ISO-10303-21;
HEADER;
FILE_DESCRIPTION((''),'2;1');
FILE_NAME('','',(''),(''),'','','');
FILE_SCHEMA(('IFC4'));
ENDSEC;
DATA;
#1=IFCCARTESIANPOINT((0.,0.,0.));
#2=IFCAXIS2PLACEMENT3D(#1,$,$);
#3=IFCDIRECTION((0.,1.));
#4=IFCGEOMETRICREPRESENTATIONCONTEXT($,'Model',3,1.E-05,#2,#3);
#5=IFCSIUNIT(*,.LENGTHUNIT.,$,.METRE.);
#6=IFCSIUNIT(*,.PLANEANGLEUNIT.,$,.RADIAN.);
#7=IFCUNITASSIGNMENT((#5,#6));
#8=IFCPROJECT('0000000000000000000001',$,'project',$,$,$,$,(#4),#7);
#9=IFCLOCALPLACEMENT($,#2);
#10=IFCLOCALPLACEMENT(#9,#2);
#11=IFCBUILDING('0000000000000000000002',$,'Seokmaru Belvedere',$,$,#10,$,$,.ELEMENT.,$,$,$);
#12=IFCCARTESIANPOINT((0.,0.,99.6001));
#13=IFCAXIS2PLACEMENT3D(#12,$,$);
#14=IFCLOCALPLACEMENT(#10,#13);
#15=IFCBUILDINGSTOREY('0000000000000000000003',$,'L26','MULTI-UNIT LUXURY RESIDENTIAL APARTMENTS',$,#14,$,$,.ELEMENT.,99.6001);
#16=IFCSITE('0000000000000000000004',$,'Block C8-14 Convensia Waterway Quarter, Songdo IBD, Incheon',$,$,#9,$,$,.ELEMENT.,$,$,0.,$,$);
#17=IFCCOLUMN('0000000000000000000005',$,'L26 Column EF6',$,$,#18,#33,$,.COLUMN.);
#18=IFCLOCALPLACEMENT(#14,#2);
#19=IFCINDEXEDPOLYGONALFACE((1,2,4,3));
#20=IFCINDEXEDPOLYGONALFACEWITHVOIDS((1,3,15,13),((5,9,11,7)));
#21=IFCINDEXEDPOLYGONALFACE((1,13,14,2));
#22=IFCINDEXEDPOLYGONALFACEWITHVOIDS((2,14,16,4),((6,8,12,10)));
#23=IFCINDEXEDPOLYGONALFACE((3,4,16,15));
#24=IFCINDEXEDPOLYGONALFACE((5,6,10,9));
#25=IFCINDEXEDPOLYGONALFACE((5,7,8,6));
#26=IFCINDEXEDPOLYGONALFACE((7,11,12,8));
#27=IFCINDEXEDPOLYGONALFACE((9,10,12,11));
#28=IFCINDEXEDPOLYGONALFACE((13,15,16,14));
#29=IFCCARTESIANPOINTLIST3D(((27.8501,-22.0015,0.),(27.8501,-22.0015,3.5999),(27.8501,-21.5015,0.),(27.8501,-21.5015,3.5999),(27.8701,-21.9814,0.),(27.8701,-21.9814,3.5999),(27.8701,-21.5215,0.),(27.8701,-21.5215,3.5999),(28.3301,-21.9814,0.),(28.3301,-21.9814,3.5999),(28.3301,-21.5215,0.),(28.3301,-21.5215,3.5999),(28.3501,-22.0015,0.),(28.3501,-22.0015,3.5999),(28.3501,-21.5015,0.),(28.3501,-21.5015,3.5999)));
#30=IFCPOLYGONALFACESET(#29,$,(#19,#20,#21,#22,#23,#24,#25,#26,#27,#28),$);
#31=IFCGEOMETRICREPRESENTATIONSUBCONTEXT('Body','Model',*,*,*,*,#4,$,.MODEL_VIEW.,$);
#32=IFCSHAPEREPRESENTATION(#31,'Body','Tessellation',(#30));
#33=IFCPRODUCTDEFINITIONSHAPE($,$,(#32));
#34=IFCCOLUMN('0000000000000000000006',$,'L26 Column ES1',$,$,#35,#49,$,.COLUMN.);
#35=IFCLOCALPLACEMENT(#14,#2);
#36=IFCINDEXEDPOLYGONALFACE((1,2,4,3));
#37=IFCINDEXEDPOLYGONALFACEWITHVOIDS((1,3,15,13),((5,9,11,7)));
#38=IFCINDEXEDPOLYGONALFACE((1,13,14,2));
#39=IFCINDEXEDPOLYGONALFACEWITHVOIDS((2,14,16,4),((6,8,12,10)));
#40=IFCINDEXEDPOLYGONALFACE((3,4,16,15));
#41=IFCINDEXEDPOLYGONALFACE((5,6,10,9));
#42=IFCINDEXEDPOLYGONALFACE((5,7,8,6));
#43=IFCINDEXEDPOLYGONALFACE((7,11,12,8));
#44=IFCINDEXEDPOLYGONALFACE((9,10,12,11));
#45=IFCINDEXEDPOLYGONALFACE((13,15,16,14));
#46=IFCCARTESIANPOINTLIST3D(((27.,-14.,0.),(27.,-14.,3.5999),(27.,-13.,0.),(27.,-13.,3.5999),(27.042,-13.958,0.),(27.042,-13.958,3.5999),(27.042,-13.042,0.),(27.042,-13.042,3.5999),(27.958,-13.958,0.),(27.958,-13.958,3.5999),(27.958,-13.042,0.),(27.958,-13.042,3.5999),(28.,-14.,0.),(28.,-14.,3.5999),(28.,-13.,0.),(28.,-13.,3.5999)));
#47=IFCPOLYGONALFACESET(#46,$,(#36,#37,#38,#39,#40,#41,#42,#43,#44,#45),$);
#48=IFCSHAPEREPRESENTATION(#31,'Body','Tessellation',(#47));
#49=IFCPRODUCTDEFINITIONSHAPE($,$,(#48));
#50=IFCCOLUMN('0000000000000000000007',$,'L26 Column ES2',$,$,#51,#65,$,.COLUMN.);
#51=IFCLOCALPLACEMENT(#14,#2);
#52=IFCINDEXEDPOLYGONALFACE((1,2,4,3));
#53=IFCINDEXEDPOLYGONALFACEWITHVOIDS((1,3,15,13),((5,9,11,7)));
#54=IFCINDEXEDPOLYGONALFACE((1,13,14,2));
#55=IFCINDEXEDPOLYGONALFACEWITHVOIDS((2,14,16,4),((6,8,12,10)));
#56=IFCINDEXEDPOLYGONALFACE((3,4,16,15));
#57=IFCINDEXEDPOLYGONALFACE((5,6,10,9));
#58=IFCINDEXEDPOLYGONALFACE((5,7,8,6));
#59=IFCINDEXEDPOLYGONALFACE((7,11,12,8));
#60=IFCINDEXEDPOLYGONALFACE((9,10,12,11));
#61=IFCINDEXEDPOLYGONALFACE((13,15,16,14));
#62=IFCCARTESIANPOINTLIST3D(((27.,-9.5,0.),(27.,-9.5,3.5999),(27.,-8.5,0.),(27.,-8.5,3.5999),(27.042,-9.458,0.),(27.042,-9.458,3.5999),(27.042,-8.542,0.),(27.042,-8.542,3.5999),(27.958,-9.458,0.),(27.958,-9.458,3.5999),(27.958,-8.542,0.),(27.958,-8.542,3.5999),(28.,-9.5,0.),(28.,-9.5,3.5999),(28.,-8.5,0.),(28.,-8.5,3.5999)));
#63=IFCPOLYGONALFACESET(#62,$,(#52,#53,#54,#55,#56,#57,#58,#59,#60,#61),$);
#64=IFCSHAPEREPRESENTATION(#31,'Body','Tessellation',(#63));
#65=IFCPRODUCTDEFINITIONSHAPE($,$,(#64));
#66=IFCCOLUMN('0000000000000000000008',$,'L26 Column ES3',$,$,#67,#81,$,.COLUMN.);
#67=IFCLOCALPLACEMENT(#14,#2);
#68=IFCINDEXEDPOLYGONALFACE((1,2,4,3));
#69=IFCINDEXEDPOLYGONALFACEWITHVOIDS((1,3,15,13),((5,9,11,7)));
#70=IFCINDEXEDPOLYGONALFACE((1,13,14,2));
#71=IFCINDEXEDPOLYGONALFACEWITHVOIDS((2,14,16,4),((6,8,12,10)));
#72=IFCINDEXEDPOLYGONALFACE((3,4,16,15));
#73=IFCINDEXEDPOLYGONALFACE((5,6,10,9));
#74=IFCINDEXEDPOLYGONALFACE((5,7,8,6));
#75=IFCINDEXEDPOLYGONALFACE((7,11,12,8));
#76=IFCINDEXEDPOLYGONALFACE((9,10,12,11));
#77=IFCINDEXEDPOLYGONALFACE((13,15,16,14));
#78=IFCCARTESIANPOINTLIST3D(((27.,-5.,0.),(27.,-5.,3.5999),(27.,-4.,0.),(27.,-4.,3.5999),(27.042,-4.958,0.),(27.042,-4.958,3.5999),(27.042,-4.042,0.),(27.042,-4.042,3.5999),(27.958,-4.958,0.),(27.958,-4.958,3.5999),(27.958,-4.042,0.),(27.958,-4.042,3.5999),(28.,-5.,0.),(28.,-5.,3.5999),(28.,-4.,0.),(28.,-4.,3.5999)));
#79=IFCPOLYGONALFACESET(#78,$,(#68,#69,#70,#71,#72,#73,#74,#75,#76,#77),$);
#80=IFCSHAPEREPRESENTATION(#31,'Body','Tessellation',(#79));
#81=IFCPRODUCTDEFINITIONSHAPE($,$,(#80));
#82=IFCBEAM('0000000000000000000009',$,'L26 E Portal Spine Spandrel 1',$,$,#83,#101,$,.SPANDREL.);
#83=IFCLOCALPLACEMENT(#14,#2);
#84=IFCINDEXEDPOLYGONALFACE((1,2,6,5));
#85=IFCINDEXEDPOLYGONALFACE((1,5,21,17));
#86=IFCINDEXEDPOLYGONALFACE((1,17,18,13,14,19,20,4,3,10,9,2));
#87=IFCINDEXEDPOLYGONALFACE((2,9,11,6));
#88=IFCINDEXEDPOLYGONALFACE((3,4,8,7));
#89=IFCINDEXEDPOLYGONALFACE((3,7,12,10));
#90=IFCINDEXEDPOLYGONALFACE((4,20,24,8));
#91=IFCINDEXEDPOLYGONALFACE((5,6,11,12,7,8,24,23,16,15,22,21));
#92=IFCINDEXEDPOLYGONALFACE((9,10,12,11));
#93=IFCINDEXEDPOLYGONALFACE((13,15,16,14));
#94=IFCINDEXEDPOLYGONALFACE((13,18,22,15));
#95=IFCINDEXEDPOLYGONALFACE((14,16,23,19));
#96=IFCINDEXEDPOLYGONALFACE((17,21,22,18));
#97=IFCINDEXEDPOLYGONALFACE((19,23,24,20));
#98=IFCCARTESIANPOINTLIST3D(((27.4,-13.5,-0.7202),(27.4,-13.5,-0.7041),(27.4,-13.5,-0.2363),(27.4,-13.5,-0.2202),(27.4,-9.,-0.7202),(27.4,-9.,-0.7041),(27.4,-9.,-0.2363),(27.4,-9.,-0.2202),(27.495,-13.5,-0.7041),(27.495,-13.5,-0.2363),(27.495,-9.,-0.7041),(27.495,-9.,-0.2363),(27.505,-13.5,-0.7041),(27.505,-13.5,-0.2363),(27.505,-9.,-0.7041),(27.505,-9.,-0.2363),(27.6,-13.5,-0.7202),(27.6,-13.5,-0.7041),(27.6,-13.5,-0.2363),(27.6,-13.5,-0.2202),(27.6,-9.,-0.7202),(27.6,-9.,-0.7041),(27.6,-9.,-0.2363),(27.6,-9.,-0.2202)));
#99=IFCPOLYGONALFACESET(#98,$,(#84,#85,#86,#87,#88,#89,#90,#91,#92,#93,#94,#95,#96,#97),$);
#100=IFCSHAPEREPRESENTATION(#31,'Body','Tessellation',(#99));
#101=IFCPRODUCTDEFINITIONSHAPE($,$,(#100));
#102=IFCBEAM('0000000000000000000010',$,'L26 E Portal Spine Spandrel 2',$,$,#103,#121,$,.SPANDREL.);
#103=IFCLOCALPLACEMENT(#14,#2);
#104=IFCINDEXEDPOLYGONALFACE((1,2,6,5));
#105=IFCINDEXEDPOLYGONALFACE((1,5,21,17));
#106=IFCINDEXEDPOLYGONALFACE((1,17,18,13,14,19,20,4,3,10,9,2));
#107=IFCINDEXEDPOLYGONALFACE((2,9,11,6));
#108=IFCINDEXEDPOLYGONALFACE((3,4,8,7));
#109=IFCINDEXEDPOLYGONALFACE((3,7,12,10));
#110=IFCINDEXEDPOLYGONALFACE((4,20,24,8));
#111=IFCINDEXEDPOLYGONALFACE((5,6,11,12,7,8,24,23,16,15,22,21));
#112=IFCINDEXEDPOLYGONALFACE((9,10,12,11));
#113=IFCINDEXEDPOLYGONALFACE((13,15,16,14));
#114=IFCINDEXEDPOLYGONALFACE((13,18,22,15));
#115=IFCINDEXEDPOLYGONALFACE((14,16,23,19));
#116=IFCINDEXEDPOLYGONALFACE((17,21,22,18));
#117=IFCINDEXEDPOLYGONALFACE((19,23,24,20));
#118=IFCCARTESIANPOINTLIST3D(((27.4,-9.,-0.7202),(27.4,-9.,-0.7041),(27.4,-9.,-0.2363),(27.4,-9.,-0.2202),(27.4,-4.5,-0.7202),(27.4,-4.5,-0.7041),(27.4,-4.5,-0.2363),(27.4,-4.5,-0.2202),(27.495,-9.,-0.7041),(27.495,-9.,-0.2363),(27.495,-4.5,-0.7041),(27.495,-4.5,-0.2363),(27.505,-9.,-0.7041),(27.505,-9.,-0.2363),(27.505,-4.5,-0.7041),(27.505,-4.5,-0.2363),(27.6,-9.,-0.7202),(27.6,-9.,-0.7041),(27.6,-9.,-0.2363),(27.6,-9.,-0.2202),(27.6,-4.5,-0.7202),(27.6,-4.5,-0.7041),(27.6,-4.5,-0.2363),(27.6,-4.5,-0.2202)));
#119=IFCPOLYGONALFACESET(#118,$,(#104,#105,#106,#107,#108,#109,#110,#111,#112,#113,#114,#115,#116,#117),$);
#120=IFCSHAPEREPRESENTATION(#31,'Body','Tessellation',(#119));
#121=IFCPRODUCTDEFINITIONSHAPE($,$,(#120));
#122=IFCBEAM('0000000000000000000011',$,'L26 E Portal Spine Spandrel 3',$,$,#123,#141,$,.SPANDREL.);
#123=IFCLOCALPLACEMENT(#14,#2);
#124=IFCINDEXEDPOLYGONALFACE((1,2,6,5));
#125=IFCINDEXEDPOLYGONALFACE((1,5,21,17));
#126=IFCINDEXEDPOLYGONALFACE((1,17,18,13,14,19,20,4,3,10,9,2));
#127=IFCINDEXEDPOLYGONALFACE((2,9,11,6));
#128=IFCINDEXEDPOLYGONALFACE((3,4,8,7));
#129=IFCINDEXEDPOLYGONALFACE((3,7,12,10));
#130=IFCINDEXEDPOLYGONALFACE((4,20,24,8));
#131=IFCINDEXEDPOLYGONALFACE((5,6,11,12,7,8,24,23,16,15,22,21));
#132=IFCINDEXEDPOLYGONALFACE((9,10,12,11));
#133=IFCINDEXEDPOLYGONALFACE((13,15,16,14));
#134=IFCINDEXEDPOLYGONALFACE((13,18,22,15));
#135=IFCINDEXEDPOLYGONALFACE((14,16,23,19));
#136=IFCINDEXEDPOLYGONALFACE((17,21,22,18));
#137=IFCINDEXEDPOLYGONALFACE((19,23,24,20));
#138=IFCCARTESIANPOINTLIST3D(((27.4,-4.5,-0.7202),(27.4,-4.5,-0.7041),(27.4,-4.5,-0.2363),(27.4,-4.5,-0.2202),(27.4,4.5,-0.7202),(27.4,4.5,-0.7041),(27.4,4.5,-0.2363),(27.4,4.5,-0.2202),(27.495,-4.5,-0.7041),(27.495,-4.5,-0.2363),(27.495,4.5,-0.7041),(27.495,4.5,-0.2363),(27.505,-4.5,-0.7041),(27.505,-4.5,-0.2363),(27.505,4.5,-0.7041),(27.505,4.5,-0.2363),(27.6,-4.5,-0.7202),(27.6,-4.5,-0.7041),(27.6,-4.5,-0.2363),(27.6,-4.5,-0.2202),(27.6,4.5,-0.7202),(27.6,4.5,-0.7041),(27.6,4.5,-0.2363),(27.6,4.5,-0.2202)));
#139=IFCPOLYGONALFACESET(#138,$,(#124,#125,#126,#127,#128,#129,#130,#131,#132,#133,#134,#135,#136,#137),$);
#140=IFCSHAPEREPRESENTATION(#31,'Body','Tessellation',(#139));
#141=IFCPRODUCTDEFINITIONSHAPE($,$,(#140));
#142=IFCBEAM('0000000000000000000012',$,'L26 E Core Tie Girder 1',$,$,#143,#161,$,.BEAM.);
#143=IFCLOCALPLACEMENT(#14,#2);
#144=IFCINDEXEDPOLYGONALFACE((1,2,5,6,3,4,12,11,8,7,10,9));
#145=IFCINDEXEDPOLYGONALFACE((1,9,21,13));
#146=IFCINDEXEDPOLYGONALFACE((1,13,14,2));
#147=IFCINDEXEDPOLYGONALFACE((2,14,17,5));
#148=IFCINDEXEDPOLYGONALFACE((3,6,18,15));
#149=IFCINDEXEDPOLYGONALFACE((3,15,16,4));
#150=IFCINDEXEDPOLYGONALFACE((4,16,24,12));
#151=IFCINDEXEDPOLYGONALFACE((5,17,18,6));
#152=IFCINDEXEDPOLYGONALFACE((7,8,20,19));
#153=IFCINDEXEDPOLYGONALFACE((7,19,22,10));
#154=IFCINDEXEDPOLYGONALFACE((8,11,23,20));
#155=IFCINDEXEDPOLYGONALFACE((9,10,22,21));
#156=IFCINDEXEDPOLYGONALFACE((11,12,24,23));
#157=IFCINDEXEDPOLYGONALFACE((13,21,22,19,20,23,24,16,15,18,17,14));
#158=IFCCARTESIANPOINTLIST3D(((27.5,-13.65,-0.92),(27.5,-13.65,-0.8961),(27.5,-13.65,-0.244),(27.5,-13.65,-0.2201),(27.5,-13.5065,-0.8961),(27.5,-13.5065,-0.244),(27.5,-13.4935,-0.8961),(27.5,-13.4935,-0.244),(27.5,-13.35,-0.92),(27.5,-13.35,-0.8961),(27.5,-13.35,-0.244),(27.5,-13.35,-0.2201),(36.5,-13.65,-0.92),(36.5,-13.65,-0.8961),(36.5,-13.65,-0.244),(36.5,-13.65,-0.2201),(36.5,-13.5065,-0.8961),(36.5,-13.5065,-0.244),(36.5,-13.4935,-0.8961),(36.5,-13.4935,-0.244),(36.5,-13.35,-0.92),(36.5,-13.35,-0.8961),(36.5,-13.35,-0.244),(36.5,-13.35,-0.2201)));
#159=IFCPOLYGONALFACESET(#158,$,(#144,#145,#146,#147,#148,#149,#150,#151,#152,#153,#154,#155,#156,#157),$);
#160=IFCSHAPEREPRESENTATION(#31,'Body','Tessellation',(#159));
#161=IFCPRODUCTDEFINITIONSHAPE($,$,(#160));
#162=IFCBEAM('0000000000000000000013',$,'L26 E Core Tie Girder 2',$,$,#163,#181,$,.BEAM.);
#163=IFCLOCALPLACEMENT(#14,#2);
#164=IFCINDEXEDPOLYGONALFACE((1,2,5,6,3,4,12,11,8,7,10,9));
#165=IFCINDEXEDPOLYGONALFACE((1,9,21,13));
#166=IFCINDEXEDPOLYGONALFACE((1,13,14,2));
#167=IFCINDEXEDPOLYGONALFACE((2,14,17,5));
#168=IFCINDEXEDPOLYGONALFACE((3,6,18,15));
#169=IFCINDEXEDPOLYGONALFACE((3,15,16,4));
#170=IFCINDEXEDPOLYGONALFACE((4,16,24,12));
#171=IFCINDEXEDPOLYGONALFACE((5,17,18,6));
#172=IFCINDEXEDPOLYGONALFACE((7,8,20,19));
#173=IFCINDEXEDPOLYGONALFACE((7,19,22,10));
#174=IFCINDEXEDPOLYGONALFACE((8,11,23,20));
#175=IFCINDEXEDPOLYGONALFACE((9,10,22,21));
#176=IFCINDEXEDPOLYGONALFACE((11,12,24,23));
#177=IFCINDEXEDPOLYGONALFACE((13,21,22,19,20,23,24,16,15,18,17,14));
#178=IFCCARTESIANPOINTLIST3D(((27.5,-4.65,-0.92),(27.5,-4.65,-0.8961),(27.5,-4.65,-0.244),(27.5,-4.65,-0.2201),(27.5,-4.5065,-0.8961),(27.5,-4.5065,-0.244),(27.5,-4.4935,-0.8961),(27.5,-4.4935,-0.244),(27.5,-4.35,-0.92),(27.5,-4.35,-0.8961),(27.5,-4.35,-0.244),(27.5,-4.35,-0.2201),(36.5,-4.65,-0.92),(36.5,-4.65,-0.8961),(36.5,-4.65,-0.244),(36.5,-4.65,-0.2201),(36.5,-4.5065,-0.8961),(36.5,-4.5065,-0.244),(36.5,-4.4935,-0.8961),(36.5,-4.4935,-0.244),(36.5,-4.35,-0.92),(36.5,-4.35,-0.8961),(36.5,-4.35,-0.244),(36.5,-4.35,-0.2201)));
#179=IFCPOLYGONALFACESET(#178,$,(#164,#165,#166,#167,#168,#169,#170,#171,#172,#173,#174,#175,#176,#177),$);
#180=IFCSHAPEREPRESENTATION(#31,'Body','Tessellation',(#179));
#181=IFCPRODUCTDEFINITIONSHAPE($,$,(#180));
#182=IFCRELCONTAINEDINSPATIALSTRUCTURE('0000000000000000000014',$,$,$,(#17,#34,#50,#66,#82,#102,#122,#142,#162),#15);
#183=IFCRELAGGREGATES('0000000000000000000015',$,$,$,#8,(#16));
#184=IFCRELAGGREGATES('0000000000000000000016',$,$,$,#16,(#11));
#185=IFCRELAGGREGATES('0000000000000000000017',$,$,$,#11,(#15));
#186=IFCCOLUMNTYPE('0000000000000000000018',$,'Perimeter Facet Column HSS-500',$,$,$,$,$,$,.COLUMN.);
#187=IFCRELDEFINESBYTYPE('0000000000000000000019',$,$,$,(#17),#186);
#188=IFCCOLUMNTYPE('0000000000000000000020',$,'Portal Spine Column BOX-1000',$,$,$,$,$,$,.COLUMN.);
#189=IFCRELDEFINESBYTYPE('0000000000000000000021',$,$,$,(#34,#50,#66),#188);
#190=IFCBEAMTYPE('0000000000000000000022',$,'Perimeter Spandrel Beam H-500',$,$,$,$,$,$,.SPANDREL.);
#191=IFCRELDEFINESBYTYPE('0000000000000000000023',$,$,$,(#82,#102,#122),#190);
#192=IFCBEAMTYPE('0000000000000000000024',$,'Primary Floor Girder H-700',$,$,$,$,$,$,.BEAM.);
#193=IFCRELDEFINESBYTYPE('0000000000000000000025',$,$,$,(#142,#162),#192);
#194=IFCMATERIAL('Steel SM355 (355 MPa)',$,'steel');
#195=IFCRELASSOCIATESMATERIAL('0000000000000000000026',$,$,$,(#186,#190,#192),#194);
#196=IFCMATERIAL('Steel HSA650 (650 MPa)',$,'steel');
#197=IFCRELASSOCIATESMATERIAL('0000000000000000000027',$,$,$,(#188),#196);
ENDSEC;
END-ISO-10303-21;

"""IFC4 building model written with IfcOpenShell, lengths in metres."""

from ifc_helpers import new_model, si_unit, direction, frame, origin, origin_2d, place, context, subcontext, project, spatial, hollow_rectangle, i_section, extrude, source, transform, mapped, material, material_profile, profile_set, type_object, type_shapes, element, save


model = new_model("IFC4")

# Units and contexts
model_context = context("Model", 3, precision=1e-05, world=origin(), true_north=direction((0.0, 1.0)))
body_context = subcontext(model_context, "Body", "Model", "MODEL_VIEW")
ifc_project = project(units=[si_unit("LENGTHUNIT", "METRE"), si_unit("PLANEANGLEUNIT", "RADIAN")], contexts=[model_context])

# Site, building, storey
site_placement = place(None, origin())
site = spatial("IfcSite", under=ifc_project, at=site_placement, Name="Block C8-14 Convensia Waterway Quarter, Songdo IBD, Incheon", CompositionType="ELEMENT", RefElevation=0.0)
building_placement = place(site_placement, origin())
building = spatial("IfcBuilding", under=site, at=building_placement, Name="Seokmaru Belvedere", CompositionType="ELEMENT")
storey_placement = place(building_placement, frame((0.0, 0.0, 99.6001)))
storey = spatial("IfcBuildingStorey", under=building, at=storey_placement, Name="L26", Description="MULTI-UNIT LUXURY RESIDENTIAL APARTMENTS", CompositionType="ELEMENT", Elevation=99.6001)

# Columns
ifc_material_1 = material(Name="Steel SM355 (355 MPa)", Category="steel")
ifc_material_profile_1 = material_profile(ifc_material_1, hollow_rectangle(XDim=0.5, YDim=0.5, WallThickness=0.02, at=origin_2d()), Name="HSS-500x500x20")
ifc_profile_set_1 = profile_set([ifc_material_profile_1], Name="Steel SM355 (355 MPa)")
column_type_1 = type_object("IfcColumnType", Name="Perimeter Facet Column HSS-500", PredefinedType="COLUMN", material=ifc_profile_set_1)
shared_shape_1 = source(origin(), body_context, "Body", "SweptSolid", [
    extrude(hollow_rectangle(XDim=0.5, YDim=0.5, WallThickness=0.02, at=origin_2d()), origin(), (0.0, 0.0, 1.0), 3.5999),
])
type_shapes(column_type_1, [shared_shape_1])
column_placement = place(storey_placement, frame((28.1001, -21.7515, 0.0), z_axis=(0.0, 0.0, 1.0), x_axis=(1.0, 0.0, 0.0)))
element("IfcColumn", 1, at=column_placement, inside=storey, type_object=column_type_1, Name="L26 Column EF6", PredefinedType="COLUMN", context=body_context, shape_type="MappedRepresentation", body=[
    mapped(shared_shape_1, transform((0.0, 0.0, 0.0), scale=1.0)),
])
ifc_material_2 = material(Name="Steel HSA650 (650 MPa)", Category="steel")
ifc_material_profile_2 = material_profile(ifc_material_2, hollow_rectangle(XDim=1.0, YDim=1.0, WallThickness=0.042, at=origin_2d()), Name="BOX-1000x1000x42")
ifc_profile_set_2 = profile_set([ifc_material_profile_2], Name="Steel HSA650 (650 MPa)")
column_type_2 = type_object("IfcColumnType", Name="Portal Spine Column BOX-1000", PredefinedType="COLUMN", material=ifc_profile_set_2)
shared_shape_2 = source(origin(), body_context, "Body", "SweptSolid", [
    extrude(hollow_rectangle(XDim=1.0, YDim=1.0, WallThickness=0.042, at=origin_2d()), origin(), (0.0, 0.0, 1.0), 3.5999),
])
type_shapes(column_type_2, [shared_shape_2])
for number, where, z_axis, x_axis, name in (
    (2, (27.5, -13.5, 0.0), (0.0, 0.0, 1.0), (1.0, 0.0, 0.0), "L26 Column ES1"),
    (3, (27.5, -9.0, 0.0), (0.0, 0.0, 1.0), (1.0, 0.0, 0.0), "L26 Column ES2"),
    (4, (27.5, -4.5, 0.0), (0.0, 0.0, 1.0), (1.0, 0.0, 0.0), "L26 Column ES3"),
):
    element("IfcColumn", number, at=place(storey_placement, frame(where, z_axis=z_axis, x_axis=x_axis)), inside=storey, type_object=column_type_2, Name=name, PredefinedType="COLUMN", context=body_context, shape_type="MappedRepresentation", body=[
        mapped(shared_shape_2, transform((0.0, 0.0, 0.0), scale=1.0)),
    ])

# Beams
ifc_material_profile_3 = material_profile(ifc_material_1, i_section(OverallWidth=0.2, OverallDepth=0.5, WebThickness=0.01, FlangeThickness=0.0161, at=origin_2d()), Name="H-500x200x10x16")
ifc_profile_set_3 = profile_set([ifc_material_profile_3], Name="Steel SM355 (355 MPa)")
beam_type_1 = type_object("IfcBeamType", Name="Perimeter Spandrel Beam H-500", PredefinedType="SPANDREL", material=ifc_profile_set_3)
shared_shape_3 = source(origin(), body_context, "Body", "SweptSolid", [
    extrude(i_section(OverallWidth=0.2, OverallDepth=0.5, WebThickness=0.01, FlangeThickness=0.0161, at=origin_2d()), origin(), (0.0, 0.0, 1.0), 4.5),
])
for number, where, z_axis, x_axis, name in (
    (5, (27.5, -13.5, -0.4702), (0.0, 1.0, 0.0), (-1.0, 0.0, 0.0), "L26 E Portal Spine Spandrel 1"),
    (6, (27.5, -9.0, -0.4702), (0.0, 1.0, 0.0), (-1.0, 0.0, 0.0), "L26 E Portal Spine Spandrel 2"),
):
    element("IfcBeam", number, at=place(storey_placement, frame(where, z_axis=z_axis, x_axis=x_axis)), inside=storey, type_object=beam_type_1, Name=name, PredefinedType="SPANDREL", context=body_context, shape_type="MappedRepresentation", body=[
        mapped(shared_shape_3, transform((0.0, 0.0, 0.0), scale=1.0)),
    ])
shared_shape_4 = source(origin(), body_context, "Body", "SweptSolid", [
    extrude(i_section(OverallWidth=0.2, OverallDepth=0.5, WebThickness=0.01, FlangeThickness=0.0161, at=origin_2d()), origin(), (0.0, 0.0, 1.0), 9.0),
])
beam_1_placement = place(storey_placement, frame((27.5, -4.5, -0.4702), z_axis=(0.0, 1.0, 0.0), x_axis=(-1.0, 0.0, 0.0)))
element("IfcBeam", 7, at=beam_1_placement, inside=storey, type_object=beam_type_1, Name="L26 E Portal Spine Spandrel 3", PredefinedType="SPANDREL", context=body_context, shape_type="MappedRepresentation", body=[
    mapped(shared_shape_4, transform((0.0, 0.0, 0.0), scale=1.0)),
])
ifc_material_profile_4 = material_profile(ifc_material_1, i_section(OverallWidth=0.3, OverallDepth=0.7, WebThickness=0.0129, FlangeThickness=0.0239, at=origin_2d()), Name="H-700x300x13x24")
ifc_profile_set_4 = profile_set([ifc_material_profile_4], Name="Steel SM355 (355 MPa)")
beam_type_2 = type_object("IfcBeamType", Name="Primary Floor Girder H-700", PredefinedType="BEAM", material=ifc_profile_set_4)
shared_shape_5 = source(origin(), body_context, "Body", "SweptSolid", [
    extrude(i_section(OverallWidth=0.3, OverallDepth=0.7, WebThickness=0.0129, FlangeThickness=0.0239, at=origin_2d()), origin(), (0.0, 0.0, 1.0), 9.0),
])
type_shapes(beam_type_2, [shared_shape_5])
for number, where, z_axis, x_axis, name in (
    (8, (27.5, -13.5, -0.5701), (1.0, 0.0, 0.0), (0.0, 1.0, 0.0), "L26 E Core Tie Girder 1"),
    (9, (27.5, -4.5, -0.5701), (1.0, 0.0, 0.0), (0.0, 1.0, 0.0), "L26 E Core Tie Girder 2"),
):
    element("IfcBeam", number, at=place(storey_placement, frame(where, z_axis=z_axis, x_axis=x_axis)), inside=storey, type_object=beam_type_2, Name=name, PredefinedType="BEAM", context=body_context, shape_type="MappedRepresentation", body=[
        mapped(shared_shape_5, transform((0.0, 0.0, 0.0), scale=1.0)),
    ])

save(model, "model.ifc")
